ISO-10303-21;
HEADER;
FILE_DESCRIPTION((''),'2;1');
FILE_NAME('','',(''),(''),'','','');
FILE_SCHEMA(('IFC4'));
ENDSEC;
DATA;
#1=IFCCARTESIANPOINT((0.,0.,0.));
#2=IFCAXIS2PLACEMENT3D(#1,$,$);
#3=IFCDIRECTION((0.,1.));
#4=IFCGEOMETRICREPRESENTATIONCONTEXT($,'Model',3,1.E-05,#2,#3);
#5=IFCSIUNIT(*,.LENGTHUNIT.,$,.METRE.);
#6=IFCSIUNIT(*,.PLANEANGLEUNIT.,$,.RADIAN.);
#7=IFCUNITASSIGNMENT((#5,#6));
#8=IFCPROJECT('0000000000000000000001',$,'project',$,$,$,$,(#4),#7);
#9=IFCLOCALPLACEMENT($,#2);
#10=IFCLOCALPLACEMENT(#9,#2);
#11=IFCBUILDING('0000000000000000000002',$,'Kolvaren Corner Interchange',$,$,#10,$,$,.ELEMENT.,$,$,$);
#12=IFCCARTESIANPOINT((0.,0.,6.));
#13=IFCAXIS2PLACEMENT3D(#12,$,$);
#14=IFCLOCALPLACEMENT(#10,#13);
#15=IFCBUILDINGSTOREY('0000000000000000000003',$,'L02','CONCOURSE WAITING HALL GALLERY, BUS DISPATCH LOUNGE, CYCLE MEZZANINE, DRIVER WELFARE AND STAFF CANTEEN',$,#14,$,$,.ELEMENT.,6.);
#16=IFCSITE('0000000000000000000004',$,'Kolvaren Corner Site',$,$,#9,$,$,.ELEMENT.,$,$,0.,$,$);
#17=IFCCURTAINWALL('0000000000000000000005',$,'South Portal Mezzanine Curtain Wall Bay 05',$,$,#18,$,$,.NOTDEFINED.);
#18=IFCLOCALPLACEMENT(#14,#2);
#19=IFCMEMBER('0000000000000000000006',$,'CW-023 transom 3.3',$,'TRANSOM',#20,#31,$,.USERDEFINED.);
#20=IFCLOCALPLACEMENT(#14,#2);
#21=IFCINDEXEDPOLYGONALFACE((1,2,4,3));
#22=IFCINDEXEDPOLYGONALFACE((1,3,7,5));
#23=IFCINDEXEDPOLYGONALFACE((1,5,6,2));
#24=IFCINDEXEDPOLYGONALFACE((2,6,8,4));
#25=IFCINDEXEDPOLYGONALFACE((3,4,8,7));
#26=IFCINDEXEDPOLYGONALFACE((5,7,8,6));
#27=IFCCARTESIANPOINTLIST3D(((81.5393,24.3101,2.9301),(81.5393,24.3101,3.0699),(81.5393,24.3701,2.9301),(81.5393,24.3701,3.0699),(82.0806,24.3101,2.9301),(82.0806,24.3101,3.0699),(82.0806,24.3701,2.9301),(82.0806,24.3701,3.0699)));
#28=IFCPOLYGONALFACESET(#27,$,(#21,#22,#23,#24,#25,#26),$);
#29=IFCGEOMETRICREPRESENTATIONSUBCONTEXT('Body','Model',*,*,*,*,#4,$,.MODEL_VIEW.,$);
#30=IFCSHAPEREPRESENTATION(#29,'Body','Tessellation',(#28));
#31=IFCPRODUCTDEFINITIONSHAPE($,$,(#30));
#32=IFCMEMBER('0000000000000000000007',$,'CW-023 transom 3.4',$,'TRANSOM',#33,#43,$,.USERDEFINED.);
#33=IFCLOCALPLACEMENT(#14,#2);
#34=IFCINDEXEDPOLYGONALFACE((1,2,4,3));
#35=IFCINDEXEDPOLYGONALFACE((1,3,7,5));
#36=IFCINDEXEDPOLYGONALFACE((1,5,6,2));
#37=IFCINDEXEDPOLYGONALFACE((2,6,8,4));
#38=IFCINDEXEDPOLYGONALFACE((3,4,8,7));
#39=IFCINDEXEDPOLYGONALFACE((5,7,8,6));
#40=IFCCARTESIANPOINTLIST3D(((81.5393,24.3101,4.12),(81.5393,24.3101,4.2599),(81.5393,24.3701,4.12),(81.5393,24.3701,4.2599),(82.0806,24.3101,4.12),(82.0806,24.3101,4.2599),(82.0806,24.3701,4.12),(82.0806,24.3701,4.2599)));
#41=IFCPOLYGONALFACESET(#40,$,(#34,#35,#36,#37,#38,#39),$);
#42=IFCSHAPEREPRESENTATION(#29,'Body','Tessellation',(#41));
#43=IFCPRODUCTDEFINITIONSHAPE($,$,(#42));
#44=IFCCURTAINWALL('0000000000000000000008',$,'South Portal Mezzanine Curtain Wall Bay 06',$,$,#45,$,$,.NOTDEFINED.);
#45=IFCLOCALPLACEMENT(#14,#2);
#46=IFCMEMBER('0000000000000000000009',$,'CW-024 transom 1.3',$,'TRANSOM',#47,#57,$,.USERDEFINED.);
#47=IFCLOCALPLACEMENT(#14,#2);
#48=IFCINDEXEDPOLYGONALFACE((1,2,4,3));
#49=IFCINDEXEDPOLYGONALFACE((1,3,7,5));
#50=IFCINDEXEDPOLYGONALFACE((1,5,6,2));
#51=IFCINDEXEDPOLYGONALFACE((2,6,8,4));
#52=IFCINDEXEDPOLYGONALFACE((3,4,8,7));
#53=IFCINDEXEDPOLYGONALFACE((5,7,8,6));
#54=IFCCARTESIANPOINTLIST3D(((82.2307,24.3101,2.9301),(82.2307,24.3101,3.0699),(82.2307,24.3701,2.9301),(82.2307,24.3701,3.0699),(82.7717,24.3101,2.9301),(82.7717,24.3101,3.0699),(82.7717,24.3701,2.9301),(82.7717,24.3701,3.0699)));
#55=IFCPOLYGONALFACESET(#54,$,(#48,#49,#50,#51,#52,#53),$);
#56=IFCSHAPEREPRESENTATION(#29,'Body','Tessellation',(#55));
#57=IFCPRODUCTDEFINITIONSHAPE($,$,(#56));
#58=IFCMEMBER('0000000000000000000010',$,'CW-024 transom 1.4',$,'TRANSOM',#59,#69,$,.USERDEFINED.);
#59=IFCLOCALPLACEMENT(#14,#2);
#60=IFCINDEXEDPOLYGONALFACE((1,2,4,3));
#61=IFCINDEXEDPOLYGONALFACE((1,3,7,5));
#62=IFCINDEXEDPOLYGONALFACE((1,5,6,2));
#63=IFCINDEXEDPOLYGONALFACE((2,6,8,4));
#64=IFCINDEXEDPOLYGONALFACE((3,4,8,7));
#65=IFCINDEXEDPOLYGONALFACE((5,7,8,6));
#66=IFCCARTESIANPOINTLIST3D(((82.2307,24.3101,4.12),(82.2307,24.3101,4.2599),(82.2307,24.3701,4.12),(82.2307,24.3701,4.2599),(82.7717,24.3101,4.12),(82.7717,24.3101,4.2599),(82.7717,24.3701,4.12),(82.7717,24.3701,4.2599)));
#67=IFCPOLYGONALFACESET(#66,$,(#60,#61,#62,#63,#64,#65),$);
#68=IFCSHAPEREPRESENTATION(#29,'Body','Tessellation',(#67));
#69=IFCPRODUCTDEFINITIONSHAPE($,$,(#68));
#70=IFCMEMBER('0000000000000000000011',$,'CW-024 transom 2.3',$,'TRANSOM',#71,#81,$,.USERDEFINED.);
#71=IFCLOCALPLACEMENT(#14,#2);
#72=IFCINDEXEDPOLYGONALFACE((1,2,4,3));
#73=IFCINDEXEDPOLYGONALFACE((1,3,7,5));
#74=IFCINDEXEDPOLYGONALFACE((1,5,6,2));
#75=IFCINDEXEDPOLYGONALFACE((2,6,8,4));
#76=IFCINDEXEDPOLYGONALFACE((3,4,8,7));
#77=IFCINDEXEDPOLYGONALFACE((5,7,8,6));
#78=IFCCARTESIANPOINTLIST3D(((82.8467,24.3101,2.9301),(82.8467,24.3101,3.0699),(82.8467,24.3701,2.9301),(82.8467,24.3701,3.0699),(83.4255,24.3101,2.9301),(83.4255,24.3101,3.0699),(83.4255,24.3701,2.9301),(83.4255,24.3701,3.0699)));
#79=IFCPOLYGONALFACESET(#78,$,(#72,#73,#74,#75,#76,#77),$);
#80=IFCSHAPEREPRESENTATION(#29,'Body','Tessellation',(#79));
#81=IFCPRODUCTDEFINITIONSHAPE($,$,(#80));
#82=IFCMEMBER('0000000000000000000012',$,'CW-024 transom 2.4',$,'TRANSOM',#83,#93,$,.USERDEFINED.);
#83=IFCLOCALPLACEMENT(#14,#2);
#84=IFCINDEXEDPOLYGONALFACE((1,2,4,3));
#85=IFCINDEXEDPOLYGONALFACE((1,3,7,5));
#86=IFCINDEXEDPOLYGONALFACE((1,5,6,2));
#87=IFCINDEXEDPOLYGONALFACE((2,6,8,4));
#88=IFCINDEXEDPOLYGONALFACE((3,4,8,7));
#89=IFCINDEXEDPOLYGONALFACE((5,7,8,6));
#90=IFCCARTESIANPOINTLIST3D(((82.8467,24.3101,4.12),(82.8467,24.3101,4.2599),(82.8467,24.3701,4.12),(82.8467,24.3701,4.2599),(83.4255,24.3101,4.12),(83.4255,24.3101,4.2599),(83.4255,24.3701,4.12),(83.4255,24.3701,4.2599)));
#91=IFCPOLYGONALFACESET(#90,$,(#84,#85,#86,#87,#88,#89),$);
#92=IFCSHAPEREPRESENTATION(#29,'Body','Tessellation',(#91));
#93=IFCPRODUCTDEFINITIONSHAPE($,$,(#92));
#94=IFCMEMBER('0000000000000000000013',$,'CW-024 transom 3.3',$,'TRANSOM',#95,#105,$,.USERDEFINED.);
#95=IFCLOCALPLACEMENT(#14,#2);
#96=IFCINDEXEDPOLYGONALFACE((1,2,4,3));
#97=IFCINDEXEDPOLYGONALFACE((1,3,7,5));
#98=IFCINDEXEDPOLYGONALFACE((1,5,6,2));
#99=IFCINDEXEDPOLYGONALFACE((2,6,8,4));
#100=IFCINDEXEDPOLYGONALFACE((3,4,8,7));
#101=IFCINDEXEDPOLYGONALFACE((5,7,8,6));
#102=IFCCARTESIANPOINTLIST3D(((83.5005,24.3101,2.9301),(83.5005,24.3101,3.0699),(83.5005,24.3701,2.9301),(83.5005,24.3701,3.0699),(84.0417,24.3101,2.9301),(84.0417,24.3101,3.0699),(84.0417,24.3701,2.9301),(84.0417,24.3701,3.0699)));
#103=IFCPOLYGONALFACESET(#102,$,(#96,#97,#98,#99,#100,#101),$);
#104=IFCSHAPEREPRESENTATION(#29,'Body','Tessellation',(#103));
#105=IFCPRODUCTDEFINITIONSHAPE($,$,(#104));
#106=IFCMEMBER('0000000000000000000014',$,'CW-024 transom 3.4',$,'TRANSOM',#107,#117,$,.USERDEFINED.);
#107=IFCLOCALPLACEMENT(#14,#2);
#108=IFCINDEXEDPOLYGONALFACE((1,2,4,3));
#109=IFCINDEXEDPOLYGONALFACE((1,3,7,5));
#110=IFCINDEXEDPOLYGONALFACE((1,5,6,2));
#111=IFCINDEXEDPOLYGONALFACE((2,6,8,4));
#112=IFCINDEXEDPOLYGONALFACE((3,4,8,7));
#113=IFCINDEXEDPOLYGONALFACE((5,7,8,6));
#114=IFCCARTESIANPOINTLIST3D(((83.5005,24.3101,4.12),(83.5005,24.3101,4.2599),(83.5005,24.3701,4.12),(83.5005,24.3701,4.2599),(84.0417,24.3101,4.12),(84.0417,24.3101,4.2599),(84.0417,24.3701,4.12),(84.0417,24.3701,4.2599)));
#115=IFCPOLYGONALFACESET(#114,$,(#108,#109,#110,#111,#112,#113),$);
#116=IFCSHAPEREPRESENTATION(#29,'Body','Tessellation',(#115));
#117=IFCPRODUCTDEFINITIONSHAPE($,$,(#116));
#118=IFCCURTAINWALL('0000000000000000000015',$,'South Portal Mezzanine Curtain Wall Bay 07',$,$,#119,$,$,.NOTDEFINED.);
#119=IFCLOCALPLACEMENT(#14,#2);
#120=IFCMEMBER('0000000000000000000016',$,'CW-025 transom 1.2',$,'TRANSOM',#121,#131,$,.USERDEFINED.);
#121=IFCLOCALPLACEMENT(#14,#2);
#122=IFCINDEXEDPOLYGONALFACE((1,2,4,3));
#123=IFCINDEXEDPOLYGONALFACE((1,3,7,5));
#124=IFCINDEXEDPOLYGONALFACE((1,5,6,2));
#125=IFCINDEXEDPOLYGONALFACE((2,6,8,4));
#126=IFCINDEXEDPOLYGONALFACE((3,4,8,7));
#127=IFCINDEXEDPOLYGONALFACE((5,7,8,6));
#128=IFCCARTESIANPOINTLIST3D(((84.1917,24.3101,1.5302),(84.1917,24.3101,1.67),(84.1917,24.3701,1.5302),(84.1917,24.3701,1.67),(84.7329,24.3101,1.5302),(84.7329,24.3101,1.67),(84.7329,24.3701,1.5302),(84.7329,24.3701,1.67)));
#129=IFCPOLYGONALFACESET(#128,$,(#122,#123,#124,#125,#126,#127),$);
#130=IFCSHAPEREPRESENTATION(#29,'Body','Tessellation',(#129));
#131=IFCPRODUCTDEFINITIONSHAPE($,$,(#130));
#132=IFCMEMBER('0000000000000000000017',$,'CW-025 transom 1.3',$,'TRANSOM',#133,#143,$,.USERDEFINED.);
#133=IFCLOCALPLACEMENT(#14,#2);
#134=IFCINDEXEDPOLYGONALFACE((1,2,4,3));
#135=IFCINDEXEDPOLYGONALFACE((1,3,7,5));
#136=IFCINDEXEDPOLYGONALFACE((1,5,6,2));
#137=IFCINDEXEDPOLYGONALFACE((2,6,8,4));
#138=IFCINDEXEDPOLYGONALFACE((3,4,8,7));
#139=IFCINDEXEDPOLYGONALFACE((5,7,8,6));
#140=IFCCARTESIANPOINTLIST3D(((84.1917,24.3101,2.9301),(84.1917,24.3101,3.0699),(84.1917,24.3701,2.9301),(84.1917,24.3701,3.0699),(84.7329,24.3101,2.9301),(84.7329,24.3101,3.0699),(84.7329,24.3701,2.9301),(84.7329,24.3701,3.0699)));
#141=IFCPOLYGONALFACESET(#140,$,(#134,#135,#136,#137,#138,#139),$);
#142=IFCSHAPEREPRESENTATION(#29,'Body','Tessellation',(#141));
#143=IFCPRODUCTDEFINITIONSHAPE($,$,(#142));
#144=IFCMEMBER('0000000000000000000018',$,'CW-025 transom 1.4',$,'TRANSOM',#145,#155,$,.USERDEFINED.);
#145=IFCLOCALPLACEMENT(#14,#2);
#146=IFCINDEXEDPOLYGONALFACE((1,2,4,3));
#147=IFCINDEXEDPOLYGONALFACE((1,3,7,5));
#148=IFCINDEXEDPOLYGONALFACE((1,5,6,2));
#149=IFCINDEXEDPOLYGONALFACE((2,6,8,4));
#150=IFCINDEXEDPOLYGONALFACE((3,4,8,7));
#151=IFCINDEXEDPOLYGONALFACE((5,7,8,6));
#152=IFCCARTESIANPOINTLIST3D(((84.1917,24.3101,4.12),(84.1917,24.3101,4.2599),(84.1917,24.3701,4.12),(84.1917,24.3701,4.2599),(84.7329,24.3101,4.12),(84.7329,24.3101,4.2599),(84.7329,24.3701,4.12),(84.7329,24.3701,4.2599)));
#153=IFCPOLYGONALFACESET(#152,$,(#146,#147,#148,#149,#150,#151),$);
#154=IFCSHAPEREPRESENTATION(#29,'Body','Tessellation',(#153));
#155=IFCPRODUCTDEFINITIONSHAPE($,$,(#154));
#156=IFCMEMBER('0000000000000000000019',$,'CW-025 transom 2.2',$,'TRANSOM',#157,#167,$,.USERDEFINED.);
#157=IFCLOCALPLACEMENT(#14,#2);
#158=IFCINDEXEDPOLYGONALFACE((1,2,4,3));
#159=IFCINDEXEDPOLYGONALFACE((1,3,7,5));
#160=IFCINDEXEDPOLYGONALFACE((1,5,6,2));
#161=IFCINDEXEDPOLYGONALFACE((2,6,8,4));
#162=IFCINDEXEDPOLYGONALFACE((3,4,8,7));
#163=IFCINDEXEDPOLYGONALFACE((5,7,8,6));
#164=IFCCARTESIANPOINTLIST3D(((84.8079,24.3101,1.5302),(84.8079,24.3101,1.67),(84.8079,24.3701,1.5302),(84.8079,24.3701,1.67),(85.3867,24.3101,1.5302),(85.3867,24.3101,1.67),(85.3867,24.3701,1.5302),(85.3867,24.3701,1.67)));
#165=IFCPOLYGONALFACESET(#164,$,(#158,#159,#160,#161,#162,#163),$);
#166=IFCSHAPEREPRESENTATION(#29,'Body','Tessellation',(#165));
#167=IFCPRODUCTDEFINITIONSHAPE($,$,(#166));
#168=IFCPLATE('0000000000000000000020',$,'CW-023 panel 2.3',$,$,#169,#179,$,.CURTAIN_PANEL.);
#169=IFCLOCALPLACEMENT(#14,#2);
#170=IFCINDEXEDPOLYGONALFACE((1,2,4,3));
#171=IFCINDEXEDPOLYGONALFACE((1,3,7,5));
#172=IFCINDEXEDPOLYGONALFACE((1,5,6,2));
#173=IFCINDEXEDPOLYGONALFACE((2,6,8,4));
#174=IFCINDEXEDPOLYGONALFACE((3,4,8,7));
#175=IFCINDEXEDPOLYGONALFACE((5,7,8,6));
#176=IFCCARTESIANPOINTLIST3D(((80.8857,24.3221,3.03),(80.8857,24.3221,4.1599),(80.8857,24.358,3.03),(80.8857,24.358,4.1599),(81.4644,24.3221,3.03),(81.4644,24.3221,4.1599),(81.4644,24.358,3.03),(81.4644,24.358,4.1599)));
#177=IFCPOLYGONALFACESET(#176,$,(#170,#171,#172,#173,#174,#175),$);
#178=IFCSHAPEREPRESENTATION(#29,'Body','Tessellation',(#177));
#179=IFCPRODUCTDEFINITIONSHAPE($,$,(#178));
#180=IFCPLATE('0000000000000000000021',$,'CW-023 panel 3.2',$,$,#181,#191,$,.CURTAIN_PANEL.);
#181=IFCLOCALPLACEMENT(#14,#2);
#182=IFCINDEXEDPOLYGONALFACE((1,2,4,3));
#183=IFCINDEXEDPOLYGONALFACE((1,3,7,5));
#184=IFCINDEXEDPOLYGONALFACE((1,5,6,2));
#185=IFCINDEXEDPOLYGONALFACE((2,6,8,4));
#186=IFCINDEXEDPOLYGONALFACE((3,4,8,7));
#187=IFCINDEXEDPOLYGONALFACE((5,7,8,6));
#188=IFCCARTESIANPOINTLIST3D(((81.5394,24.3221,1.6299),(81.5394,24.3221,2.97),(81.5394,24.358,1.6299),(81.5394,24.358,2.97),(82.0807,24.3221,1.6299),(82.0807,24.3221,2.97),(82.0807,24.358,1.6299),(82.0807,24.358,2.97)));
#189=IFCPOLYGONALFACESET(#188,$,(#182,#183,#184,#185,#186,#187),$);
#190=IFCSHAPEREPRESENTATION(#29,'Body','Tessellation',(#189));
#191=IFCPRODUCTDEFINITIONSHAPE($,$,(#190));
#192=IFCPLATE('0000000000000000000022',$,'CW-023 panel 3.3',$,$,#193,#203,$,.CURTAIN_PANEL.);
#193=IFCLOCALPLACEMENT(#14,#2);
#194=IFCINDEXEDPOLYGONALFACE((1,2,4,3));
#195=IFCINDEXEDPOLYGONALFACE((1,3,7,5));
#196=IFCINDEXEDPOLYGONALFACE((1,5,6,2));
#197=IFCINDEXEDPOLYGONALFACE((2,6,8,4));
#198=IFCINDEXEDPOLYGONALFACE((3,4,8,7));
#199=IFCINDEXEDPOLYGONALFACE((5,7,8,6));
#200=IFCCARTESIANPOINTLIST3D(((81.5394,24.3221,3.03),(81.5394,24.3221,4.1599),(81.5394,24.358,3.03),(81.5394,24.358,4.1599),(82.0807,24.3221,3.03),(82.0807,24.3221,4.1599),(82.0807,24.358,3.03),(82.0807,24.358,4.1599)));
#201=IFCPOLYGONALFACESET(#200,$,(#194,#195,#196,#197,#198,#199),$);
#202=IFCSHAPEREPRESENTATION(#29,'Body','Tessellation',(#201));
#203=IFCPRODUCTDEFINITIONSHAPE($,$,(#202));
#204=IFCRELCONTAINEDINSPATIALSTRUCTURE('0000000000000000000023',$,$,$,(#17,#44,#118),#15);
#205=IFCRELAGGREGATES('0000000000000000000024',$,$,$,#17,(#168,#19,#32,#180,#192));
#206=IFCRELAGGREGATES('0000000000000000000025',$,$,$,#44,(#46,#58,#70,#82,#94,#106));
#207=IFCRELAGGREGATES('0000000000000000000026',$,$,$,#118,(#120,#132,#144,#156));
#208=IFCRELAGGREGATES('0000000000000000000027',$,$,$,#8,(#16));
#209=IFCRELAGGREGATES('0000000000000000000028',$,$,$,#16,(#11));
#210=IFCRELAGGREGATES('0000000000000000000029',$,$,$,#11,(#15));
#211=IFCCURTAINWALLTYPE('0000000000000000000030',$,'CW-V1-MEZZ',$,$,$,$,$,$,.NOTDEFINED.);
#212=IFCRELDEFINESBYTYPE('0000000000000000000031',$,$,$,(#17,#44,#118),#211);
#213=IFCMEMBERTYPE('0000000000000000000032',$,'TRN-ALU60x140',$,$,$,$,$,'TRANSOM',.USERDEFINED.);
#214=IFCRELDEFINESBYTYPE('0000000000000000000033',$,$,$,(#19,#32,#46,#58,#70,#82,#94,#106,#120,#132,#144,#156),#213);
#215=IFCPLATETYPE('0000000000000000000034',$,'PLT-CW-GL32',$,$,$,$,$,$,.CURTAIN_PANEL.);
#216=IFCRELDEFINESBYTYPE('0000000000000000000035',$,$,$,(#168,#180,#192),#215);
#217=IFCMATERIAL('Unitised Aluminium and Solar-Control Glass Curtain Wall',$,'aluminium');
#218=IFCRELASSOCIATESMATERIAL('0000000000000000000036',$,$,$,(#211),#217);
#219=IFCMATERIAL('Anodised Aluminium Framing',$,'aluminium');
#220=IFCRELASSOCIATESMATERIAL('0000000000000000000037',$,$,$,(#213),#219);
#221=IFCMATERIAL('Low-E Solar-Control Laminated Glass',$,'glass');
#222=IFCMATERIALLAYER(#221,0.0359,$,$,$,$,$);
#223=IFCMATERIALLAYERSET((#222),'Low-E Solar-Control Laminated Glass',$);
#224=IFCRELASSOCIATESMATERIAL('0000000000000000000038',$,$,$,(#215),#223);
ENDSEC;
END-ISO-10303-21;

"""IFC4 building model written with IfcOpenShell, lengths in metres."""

from ifc_helpers import new_model, si_unit, direction, frame, origin, origin_2d, place, context, subcontext, project, spatial, rectangle, extrude, material, layer, layer_set, material_profile, profile_set, type_object, element, aggregate, save


model = new_model("IFC4")

# Units and contexts
model_context = context("Model", 3, precision=1e-05, world=origin(), true_north=direction((0.0, 1.0)))
body_context = subcontext(model_context, "Body", "Model", "MODEL_VIEW")
ifc_project = project(units=[si_unit("LENGTHUNIT", "METRE"), si_unit("PLANEANGLEUNIT", "RADIAN")], contexts=[model_context])

# Site, building, storey
site_placement = place(None, origin())
site = spatial("IfcSite", under=ifc_project, at=site_placement, Name="Kolvaren Corner Site", CompositionType="ELEMENT", RefElevation=0.0)
building_placement = place(site_placement, origin())
building = spatial("IfcBuilding", under=site, at=building_placement, Name="Kolvaren Corner Interchange", CompositionType="ELEMENT")
storey_placement = place(building_placement, frame((0.0, 0.0, 6.0)))
storey = spatial("IfcBuildingStorey", under=building, at=storey_placement, Name="L02", Description="CONCOURSE WAITING HALL GALLERY, BUS DISPATCH LOUNGE, CYCLE MEZZANINE, DRIVER WELFARE AND STAFF CANTEEN", CompositionType="ELEMENT", Elevation=6.0)

# Curtain walls, members
ifc_material_1 = material(Name="Unitised Aluminium and Solar-Control Glass Curtain Wall", Category="aluminium")
curtain_wall_type = type_object("IfcCurtainWallType", Name="CW-V1-MEZZ", PredefinedType="NOTDEFINED", material=ifc_material_1)
curtain_wall_1_placement = place(storey_placement, origin())
curtain_wall_1 = element("IfcCurtainWall", 1, at=curtain_wall_1_placement, inside=storey, type_object=curtain_wall_type, Name="South Portal Mezzanine Curtain Wall Bay 05", PredefinedType="NOTDEFINED")
ifc_material_2 = material(Name="Anodised Aluminium Framing", Category="aluminium")
ifc_material_profile = material_profile(ifc_material_2, rectangle(XDim=0.0601, YDim=0.1399, at=origin_2d()), Name="ALU 60x140")
ifc_profile_set = profile_set([ifc_material_profile], Name="Anodised Aluminium Framing")
member_type = type_object("IfcMemberType", Name="TRN-ALU60x140", ElementType="TRANSOM", PredefinedType="USERDEFINED", material=ifc_profile_set)
member_1_placement = place(storey_placement, frame((81.5393, 24.3401, 3.0), z_axis=(1.0, 0.0, 0.0), x_axis=(0.0, 1.0, 0.0)))
member_1 = element("IfcMember", 2, at=member_1_placement, type_object=member_type, Name="CW-023 transom 3.3", ObjectType="TRANSOM", PredefinedType="USERDEFINED", context=body_context, shape_type="SweptSolid", body=[
    extrude(rectangle(XDim=0.0601, YDim=0.1399, at=origin_2d()), origin(), (0.0, 0.0, 1.0), 0.5413),
])
member_2_placement = place(storey_placement, frame((81.5393, 24.3401, 4.1899), z_axis=(1.0, 0.0, 0.0), x_axis=(0.0, 1.0, 0.0)))
member_2 = element("IfcMember", 3, at=member_2_placement, type_object=member_type, Name="CW-023 transom 3.4", ObjectType="TRANSOM", PredefinedType="USERDEFINED", context=body_context, shape_type="SweptSolid", body=[
    extrude(rectangle(XDim=0.0601, YDim=0.1399, at=origin_2d()), origin(), (0.0, 0.0, 1.0), 0.5413),
])
curtain_wall_2_placement = place(storey_placement, origin())
curtain_wall_2 = element("IfcCurtainWall", 4, at=curtain_wall_2_placement, inside=storey, type_object=curtain_wall_type, Name="South Portal Mezzanine Curtain Wall Bay 06", PredefinedType="NOTDEFINED")
member_3_placement = place(storey_placement, frame((82.2307, 24.3401, 3.0), z_axis=(1.0, 0.0, 0.0), x_axis=(0.0, 1.0, 0.0)))
member_3 = element("IfcMember", 5, at=member_3_placement, type_object=member_type, Name="CW-024 transom 1.3", ObjectType="TRANSOM", PredefinedType="USERDEFINED", context=body_context, shape_type="SweptSolid", body=[
    extrude(rectangle(XDim=0.0601, YDim=0.1399, at=origin_2d()), origin(), (0.0, 0.0, 1.0), 0.541),
])
member_4_placement = place(storey_placement, frame((82.2307, 24.3401, 4.1899), z_axis=(1.0, 0.0, 0.0), x_axis=(0.0, 1.0, 0.0)))
member_4 = element("IfcMember", 6, at=member_4_placement, type_object=member_type, Name="CW-024 transom 1.4", ObjectType="TRANSOM", PredefinedType="USERDEFINED", context=body_context, shape_type="SweptSolid", body=[
    extrude(rectangle(XDim=0.0601, YDim=0.1399, at=origin_2d()), origin(), (0.0, 0.0, 1.0), 0.541),
])
member_5_placement = place(storey_placement, frame((82.8467, 24.3401, 3.0), z_axis=(1.0, 0.0, 0.0), x_axis=(0.0, 1.0, 0.0)))
member_5 = element("IfcMember", 7, at=member_5_placement, type_object=member_type, Name="CW-024 transom 2.3", ObjectType="TRANSOM", PredefinedType="USERDEFINED", context=body_context, shape_type="SweptSolid", body=[
    extrude(rectangle(XDim=0.0601, YDim=0.1399, at=origin_2d()), origin(), (0.0, 0.0, 1.0), 0.5789),
])
member_6_placement = place(storey_placement, frame((82.8467, 24.3401, 4.1899), z_axis=(1.0, 0.0, 0.0), x_axis=(0.0, 1.0, 0.0)))
member_6 = element("IfcMember", 8, at=member_6_placement, type_object=member_type, Name="CW-024 transom 2.4", ObjectType="TRANSOM", PredefinedType="USERDEFINED", context=body_context, shape_type="SweptSolid", body=[
    extrude(rectangle(XDim=0.0601, YDim=0.1399, at=origin_2d()), origin(), (0.0, 0.0, 1.0), 0.5789),
])
member_7_placement = place(storey_placement, frame((83.5005, 24.3401, 3.0), z_axis=(1.0, 0.0, 0.0), x_axis=(0.0, 1.0, 0.0)))
member_7 = element("IfcMember", 9, at=member_7_placement, type_object=member_type, Name="CW-024 transom 3.3", ObjectType="TRANSOM", PredefinedType="USERDEFINED", context=body_context, shape_type="SweptSolid", body=[
    extrude(rectangle(XDim=0.0601, YDim=0.1399, at=origin_2d()), origin(), (0.0, 0.0, 1.0), 0.5413),
])
member_8_placement = place(storey_placement, frame((83.5005, 24.3401, 4.1899), z_axis=(1.0, 0.0, 0.0), x_axis=(0.0, 1.0, 0.0)))
member_8 = element("IfcMember", 10, at=member_8_placement, type_object=member_type, Name="CW-024 transom 3.4", ObjectType="TRANSOM", PredefinedType="USERDEFINED", context=body_context, shape_type="SweptSolid", body=[
    extrude(rectangle(XDim=0.0601, YDim=0.1399, at=origin_2d()), origin(), (0.0, 0.0, 1.0), 0.5413),
])
curtain_wall_3_placement = place(storey_placement, origin())
curtain_wall_3 = element("IfcCurtainWall", 11, at=curtain_wall_3_placement, inside=storey, type_object=curtain_wall_type, Name="South Portal Mezzanine Curtain Wall Bay 07", PredefinedType="NOTDEFINED")
member_9_placement = place(storey_placement, frame((84.1917, 24.3401, 1.6001), z_axis=(1.0, 0.0, 0.0), x_axis=(0.0, 1.0, 0.0)))
member_9 = element("IfcMember", 12, at=member_9_placement, type_object=member_type, Name="CW-025 transom 1.2", ObjectType="TRANSOM", PredefinedType="USERDEFINED", context=body_context, shape_type="SweptSolid", body=[
    extrude(rectangle(XDim=0.0601, YDim=0.1399, at=origin_2d()), origin(), (0.0, 0.0, 1.0), 0.5413),
])
member_10_placement = place(storey_placement, frame((84.1917, 24.3401, 3.0), z_axis=(1.0, 0.0, 0.0), x_axis=(0.0, 1.0, 0.0)))
member_10 = element("IfcMember", 13, at=member_10_placement, type_object=member_type, Name="CW-025 transom 1.3", ObjectType="TRANSOM", PredefinedType="USERDEFINED", context=body_context, shape_type="SweptSolid", body=[
    extrude(rectangle(XDim=0.0601, YDim=0.1399, at=origin_2d()), origin(), (0.0, 0.0, 1.0), 0.5413),
])
member_11_placement = place(storey_placement, frame((84.1917, 24.3401, 4.1899), z_axis=(1.0, 0.0, 0.0), x_axis=(0.0, 1.0, 0.0)))
member_11 = element("IfcMember", 14, at=member_11_placement, type_object=member_type, Name="CW-025 transom 1.4", ObjectType="TRANSOM", PredefinedType="USERDEFINED", context=body_context, shape_type="SweptSolid", body=[
    extrude(rectangle(XDim=0.0601, YDim=0.1399, at=origin_2d()), origin(), (0.0, 0.0, 1.0), 0.5413),
])
member_12_placement = place(storey_placement, frame((84.8079, 24.3401, 1.6001), z_axis=(1.0, 0.0, 0.0), x_axis=(0.0, 1.0, 0.0)))
member_12 = element("IfcMember", 15, at=member_12_placement, type_object=member_type, Name="CW-025 transom 2.2", ObjectType="TRANSOM", PredefinedType="USERDEFINED", context=body_context, shape_type="SweptSolid", body=[
    extrude(rectangle(XDim=0.0601, YDim=0.1399, at=origin_2d()), origin(), (0.0, 0.0, 1.0), 0.5789),
])

# Plates
ifc_material_3 = material(Name="Low-E Solar-Control Laminated Glass", Category="glass")
ifc_layer = layer(ifc_material_3, 0.0359)
ifc_layer_set = layer_set([ifc_layer], Name="Low-E Solar-Control Laminated Glass")
plate_type = type_object("IfcPlateType", Name="PLT-CW-GL32", PredefinedType="CURTAIN_PANEL", material=ifc_layer_set)
plate_1_placement = place(storey_placement, frame((81.175, 24.3401, 3.03), z_axis=(0.0, 0.0, 1.0), x_axis=(1.0, 0.0, 0.0)))
plate_1 = element("IfcPlate", 16, at=plate_1_placement, type_object=plate_type, Name="CW-023 panel 2.3", PredefinedType="CURTAIN_PANEL", context=body_context, shape_type="SweptSolid", body=[
    extrude(rectangle(XDim=0.5786, YDim=0.0359, at=origin_2d()), origin(), (0.0, 0.0, 1.0), 1.1299),
])
plate_2_placement = place(storey_placement, frame((81.8101, 24.3401, 1.6299), z_axis=(0.0, 0.0, 1.0), x_axis=(1.0, 0.0, 0.0)))
plate_2 = element("IfcPlate", 17, at=plate_2_placement, type_object=plate_type, Name="CW-023 panel 3.2", PredefinedType="CURTAIN_PANEL", context=body_context, shape_type="SweptSolid", body=[
    extrude(rectangle(XDim=0.5413, YDim=0.0359, at=origin_2d()), origin(), (0.0, 0.0, 1.0), 1.3401),
])
plate_3_placement = place(storey_placement, frame((81.8101, 24.3401, 3.03), z_axis=(0.0, 0.0, 1.0), x_axis=(1.0, 0.0, 0.0)))
plate_3 = element("IfcPlate", 18, at=plate_3_placement, type_object=plate_type, Name="CW-023 panel 3.3", PredefinedType="CURTAIN_PANEL", context=body_context, shape_type="SweptSolid", body=[
    extrude(rectangle(XDim=0.5413, YDim=0.0359, at=origin_2d()), origin(), (0.0, 0.0, 1.0), 1.1299),
])
aggregate(curtain_wall_1, [plate_1, member_1, member_2, plate_2, plate_3])
aggregate(curtain_wall_2, [member_3, member_4, member_5, member_6, member_7, member_8])
aggregate(curtain_wall_3, [member_9, member_10, member_11, member_12])

save(model, "model.ifc")
